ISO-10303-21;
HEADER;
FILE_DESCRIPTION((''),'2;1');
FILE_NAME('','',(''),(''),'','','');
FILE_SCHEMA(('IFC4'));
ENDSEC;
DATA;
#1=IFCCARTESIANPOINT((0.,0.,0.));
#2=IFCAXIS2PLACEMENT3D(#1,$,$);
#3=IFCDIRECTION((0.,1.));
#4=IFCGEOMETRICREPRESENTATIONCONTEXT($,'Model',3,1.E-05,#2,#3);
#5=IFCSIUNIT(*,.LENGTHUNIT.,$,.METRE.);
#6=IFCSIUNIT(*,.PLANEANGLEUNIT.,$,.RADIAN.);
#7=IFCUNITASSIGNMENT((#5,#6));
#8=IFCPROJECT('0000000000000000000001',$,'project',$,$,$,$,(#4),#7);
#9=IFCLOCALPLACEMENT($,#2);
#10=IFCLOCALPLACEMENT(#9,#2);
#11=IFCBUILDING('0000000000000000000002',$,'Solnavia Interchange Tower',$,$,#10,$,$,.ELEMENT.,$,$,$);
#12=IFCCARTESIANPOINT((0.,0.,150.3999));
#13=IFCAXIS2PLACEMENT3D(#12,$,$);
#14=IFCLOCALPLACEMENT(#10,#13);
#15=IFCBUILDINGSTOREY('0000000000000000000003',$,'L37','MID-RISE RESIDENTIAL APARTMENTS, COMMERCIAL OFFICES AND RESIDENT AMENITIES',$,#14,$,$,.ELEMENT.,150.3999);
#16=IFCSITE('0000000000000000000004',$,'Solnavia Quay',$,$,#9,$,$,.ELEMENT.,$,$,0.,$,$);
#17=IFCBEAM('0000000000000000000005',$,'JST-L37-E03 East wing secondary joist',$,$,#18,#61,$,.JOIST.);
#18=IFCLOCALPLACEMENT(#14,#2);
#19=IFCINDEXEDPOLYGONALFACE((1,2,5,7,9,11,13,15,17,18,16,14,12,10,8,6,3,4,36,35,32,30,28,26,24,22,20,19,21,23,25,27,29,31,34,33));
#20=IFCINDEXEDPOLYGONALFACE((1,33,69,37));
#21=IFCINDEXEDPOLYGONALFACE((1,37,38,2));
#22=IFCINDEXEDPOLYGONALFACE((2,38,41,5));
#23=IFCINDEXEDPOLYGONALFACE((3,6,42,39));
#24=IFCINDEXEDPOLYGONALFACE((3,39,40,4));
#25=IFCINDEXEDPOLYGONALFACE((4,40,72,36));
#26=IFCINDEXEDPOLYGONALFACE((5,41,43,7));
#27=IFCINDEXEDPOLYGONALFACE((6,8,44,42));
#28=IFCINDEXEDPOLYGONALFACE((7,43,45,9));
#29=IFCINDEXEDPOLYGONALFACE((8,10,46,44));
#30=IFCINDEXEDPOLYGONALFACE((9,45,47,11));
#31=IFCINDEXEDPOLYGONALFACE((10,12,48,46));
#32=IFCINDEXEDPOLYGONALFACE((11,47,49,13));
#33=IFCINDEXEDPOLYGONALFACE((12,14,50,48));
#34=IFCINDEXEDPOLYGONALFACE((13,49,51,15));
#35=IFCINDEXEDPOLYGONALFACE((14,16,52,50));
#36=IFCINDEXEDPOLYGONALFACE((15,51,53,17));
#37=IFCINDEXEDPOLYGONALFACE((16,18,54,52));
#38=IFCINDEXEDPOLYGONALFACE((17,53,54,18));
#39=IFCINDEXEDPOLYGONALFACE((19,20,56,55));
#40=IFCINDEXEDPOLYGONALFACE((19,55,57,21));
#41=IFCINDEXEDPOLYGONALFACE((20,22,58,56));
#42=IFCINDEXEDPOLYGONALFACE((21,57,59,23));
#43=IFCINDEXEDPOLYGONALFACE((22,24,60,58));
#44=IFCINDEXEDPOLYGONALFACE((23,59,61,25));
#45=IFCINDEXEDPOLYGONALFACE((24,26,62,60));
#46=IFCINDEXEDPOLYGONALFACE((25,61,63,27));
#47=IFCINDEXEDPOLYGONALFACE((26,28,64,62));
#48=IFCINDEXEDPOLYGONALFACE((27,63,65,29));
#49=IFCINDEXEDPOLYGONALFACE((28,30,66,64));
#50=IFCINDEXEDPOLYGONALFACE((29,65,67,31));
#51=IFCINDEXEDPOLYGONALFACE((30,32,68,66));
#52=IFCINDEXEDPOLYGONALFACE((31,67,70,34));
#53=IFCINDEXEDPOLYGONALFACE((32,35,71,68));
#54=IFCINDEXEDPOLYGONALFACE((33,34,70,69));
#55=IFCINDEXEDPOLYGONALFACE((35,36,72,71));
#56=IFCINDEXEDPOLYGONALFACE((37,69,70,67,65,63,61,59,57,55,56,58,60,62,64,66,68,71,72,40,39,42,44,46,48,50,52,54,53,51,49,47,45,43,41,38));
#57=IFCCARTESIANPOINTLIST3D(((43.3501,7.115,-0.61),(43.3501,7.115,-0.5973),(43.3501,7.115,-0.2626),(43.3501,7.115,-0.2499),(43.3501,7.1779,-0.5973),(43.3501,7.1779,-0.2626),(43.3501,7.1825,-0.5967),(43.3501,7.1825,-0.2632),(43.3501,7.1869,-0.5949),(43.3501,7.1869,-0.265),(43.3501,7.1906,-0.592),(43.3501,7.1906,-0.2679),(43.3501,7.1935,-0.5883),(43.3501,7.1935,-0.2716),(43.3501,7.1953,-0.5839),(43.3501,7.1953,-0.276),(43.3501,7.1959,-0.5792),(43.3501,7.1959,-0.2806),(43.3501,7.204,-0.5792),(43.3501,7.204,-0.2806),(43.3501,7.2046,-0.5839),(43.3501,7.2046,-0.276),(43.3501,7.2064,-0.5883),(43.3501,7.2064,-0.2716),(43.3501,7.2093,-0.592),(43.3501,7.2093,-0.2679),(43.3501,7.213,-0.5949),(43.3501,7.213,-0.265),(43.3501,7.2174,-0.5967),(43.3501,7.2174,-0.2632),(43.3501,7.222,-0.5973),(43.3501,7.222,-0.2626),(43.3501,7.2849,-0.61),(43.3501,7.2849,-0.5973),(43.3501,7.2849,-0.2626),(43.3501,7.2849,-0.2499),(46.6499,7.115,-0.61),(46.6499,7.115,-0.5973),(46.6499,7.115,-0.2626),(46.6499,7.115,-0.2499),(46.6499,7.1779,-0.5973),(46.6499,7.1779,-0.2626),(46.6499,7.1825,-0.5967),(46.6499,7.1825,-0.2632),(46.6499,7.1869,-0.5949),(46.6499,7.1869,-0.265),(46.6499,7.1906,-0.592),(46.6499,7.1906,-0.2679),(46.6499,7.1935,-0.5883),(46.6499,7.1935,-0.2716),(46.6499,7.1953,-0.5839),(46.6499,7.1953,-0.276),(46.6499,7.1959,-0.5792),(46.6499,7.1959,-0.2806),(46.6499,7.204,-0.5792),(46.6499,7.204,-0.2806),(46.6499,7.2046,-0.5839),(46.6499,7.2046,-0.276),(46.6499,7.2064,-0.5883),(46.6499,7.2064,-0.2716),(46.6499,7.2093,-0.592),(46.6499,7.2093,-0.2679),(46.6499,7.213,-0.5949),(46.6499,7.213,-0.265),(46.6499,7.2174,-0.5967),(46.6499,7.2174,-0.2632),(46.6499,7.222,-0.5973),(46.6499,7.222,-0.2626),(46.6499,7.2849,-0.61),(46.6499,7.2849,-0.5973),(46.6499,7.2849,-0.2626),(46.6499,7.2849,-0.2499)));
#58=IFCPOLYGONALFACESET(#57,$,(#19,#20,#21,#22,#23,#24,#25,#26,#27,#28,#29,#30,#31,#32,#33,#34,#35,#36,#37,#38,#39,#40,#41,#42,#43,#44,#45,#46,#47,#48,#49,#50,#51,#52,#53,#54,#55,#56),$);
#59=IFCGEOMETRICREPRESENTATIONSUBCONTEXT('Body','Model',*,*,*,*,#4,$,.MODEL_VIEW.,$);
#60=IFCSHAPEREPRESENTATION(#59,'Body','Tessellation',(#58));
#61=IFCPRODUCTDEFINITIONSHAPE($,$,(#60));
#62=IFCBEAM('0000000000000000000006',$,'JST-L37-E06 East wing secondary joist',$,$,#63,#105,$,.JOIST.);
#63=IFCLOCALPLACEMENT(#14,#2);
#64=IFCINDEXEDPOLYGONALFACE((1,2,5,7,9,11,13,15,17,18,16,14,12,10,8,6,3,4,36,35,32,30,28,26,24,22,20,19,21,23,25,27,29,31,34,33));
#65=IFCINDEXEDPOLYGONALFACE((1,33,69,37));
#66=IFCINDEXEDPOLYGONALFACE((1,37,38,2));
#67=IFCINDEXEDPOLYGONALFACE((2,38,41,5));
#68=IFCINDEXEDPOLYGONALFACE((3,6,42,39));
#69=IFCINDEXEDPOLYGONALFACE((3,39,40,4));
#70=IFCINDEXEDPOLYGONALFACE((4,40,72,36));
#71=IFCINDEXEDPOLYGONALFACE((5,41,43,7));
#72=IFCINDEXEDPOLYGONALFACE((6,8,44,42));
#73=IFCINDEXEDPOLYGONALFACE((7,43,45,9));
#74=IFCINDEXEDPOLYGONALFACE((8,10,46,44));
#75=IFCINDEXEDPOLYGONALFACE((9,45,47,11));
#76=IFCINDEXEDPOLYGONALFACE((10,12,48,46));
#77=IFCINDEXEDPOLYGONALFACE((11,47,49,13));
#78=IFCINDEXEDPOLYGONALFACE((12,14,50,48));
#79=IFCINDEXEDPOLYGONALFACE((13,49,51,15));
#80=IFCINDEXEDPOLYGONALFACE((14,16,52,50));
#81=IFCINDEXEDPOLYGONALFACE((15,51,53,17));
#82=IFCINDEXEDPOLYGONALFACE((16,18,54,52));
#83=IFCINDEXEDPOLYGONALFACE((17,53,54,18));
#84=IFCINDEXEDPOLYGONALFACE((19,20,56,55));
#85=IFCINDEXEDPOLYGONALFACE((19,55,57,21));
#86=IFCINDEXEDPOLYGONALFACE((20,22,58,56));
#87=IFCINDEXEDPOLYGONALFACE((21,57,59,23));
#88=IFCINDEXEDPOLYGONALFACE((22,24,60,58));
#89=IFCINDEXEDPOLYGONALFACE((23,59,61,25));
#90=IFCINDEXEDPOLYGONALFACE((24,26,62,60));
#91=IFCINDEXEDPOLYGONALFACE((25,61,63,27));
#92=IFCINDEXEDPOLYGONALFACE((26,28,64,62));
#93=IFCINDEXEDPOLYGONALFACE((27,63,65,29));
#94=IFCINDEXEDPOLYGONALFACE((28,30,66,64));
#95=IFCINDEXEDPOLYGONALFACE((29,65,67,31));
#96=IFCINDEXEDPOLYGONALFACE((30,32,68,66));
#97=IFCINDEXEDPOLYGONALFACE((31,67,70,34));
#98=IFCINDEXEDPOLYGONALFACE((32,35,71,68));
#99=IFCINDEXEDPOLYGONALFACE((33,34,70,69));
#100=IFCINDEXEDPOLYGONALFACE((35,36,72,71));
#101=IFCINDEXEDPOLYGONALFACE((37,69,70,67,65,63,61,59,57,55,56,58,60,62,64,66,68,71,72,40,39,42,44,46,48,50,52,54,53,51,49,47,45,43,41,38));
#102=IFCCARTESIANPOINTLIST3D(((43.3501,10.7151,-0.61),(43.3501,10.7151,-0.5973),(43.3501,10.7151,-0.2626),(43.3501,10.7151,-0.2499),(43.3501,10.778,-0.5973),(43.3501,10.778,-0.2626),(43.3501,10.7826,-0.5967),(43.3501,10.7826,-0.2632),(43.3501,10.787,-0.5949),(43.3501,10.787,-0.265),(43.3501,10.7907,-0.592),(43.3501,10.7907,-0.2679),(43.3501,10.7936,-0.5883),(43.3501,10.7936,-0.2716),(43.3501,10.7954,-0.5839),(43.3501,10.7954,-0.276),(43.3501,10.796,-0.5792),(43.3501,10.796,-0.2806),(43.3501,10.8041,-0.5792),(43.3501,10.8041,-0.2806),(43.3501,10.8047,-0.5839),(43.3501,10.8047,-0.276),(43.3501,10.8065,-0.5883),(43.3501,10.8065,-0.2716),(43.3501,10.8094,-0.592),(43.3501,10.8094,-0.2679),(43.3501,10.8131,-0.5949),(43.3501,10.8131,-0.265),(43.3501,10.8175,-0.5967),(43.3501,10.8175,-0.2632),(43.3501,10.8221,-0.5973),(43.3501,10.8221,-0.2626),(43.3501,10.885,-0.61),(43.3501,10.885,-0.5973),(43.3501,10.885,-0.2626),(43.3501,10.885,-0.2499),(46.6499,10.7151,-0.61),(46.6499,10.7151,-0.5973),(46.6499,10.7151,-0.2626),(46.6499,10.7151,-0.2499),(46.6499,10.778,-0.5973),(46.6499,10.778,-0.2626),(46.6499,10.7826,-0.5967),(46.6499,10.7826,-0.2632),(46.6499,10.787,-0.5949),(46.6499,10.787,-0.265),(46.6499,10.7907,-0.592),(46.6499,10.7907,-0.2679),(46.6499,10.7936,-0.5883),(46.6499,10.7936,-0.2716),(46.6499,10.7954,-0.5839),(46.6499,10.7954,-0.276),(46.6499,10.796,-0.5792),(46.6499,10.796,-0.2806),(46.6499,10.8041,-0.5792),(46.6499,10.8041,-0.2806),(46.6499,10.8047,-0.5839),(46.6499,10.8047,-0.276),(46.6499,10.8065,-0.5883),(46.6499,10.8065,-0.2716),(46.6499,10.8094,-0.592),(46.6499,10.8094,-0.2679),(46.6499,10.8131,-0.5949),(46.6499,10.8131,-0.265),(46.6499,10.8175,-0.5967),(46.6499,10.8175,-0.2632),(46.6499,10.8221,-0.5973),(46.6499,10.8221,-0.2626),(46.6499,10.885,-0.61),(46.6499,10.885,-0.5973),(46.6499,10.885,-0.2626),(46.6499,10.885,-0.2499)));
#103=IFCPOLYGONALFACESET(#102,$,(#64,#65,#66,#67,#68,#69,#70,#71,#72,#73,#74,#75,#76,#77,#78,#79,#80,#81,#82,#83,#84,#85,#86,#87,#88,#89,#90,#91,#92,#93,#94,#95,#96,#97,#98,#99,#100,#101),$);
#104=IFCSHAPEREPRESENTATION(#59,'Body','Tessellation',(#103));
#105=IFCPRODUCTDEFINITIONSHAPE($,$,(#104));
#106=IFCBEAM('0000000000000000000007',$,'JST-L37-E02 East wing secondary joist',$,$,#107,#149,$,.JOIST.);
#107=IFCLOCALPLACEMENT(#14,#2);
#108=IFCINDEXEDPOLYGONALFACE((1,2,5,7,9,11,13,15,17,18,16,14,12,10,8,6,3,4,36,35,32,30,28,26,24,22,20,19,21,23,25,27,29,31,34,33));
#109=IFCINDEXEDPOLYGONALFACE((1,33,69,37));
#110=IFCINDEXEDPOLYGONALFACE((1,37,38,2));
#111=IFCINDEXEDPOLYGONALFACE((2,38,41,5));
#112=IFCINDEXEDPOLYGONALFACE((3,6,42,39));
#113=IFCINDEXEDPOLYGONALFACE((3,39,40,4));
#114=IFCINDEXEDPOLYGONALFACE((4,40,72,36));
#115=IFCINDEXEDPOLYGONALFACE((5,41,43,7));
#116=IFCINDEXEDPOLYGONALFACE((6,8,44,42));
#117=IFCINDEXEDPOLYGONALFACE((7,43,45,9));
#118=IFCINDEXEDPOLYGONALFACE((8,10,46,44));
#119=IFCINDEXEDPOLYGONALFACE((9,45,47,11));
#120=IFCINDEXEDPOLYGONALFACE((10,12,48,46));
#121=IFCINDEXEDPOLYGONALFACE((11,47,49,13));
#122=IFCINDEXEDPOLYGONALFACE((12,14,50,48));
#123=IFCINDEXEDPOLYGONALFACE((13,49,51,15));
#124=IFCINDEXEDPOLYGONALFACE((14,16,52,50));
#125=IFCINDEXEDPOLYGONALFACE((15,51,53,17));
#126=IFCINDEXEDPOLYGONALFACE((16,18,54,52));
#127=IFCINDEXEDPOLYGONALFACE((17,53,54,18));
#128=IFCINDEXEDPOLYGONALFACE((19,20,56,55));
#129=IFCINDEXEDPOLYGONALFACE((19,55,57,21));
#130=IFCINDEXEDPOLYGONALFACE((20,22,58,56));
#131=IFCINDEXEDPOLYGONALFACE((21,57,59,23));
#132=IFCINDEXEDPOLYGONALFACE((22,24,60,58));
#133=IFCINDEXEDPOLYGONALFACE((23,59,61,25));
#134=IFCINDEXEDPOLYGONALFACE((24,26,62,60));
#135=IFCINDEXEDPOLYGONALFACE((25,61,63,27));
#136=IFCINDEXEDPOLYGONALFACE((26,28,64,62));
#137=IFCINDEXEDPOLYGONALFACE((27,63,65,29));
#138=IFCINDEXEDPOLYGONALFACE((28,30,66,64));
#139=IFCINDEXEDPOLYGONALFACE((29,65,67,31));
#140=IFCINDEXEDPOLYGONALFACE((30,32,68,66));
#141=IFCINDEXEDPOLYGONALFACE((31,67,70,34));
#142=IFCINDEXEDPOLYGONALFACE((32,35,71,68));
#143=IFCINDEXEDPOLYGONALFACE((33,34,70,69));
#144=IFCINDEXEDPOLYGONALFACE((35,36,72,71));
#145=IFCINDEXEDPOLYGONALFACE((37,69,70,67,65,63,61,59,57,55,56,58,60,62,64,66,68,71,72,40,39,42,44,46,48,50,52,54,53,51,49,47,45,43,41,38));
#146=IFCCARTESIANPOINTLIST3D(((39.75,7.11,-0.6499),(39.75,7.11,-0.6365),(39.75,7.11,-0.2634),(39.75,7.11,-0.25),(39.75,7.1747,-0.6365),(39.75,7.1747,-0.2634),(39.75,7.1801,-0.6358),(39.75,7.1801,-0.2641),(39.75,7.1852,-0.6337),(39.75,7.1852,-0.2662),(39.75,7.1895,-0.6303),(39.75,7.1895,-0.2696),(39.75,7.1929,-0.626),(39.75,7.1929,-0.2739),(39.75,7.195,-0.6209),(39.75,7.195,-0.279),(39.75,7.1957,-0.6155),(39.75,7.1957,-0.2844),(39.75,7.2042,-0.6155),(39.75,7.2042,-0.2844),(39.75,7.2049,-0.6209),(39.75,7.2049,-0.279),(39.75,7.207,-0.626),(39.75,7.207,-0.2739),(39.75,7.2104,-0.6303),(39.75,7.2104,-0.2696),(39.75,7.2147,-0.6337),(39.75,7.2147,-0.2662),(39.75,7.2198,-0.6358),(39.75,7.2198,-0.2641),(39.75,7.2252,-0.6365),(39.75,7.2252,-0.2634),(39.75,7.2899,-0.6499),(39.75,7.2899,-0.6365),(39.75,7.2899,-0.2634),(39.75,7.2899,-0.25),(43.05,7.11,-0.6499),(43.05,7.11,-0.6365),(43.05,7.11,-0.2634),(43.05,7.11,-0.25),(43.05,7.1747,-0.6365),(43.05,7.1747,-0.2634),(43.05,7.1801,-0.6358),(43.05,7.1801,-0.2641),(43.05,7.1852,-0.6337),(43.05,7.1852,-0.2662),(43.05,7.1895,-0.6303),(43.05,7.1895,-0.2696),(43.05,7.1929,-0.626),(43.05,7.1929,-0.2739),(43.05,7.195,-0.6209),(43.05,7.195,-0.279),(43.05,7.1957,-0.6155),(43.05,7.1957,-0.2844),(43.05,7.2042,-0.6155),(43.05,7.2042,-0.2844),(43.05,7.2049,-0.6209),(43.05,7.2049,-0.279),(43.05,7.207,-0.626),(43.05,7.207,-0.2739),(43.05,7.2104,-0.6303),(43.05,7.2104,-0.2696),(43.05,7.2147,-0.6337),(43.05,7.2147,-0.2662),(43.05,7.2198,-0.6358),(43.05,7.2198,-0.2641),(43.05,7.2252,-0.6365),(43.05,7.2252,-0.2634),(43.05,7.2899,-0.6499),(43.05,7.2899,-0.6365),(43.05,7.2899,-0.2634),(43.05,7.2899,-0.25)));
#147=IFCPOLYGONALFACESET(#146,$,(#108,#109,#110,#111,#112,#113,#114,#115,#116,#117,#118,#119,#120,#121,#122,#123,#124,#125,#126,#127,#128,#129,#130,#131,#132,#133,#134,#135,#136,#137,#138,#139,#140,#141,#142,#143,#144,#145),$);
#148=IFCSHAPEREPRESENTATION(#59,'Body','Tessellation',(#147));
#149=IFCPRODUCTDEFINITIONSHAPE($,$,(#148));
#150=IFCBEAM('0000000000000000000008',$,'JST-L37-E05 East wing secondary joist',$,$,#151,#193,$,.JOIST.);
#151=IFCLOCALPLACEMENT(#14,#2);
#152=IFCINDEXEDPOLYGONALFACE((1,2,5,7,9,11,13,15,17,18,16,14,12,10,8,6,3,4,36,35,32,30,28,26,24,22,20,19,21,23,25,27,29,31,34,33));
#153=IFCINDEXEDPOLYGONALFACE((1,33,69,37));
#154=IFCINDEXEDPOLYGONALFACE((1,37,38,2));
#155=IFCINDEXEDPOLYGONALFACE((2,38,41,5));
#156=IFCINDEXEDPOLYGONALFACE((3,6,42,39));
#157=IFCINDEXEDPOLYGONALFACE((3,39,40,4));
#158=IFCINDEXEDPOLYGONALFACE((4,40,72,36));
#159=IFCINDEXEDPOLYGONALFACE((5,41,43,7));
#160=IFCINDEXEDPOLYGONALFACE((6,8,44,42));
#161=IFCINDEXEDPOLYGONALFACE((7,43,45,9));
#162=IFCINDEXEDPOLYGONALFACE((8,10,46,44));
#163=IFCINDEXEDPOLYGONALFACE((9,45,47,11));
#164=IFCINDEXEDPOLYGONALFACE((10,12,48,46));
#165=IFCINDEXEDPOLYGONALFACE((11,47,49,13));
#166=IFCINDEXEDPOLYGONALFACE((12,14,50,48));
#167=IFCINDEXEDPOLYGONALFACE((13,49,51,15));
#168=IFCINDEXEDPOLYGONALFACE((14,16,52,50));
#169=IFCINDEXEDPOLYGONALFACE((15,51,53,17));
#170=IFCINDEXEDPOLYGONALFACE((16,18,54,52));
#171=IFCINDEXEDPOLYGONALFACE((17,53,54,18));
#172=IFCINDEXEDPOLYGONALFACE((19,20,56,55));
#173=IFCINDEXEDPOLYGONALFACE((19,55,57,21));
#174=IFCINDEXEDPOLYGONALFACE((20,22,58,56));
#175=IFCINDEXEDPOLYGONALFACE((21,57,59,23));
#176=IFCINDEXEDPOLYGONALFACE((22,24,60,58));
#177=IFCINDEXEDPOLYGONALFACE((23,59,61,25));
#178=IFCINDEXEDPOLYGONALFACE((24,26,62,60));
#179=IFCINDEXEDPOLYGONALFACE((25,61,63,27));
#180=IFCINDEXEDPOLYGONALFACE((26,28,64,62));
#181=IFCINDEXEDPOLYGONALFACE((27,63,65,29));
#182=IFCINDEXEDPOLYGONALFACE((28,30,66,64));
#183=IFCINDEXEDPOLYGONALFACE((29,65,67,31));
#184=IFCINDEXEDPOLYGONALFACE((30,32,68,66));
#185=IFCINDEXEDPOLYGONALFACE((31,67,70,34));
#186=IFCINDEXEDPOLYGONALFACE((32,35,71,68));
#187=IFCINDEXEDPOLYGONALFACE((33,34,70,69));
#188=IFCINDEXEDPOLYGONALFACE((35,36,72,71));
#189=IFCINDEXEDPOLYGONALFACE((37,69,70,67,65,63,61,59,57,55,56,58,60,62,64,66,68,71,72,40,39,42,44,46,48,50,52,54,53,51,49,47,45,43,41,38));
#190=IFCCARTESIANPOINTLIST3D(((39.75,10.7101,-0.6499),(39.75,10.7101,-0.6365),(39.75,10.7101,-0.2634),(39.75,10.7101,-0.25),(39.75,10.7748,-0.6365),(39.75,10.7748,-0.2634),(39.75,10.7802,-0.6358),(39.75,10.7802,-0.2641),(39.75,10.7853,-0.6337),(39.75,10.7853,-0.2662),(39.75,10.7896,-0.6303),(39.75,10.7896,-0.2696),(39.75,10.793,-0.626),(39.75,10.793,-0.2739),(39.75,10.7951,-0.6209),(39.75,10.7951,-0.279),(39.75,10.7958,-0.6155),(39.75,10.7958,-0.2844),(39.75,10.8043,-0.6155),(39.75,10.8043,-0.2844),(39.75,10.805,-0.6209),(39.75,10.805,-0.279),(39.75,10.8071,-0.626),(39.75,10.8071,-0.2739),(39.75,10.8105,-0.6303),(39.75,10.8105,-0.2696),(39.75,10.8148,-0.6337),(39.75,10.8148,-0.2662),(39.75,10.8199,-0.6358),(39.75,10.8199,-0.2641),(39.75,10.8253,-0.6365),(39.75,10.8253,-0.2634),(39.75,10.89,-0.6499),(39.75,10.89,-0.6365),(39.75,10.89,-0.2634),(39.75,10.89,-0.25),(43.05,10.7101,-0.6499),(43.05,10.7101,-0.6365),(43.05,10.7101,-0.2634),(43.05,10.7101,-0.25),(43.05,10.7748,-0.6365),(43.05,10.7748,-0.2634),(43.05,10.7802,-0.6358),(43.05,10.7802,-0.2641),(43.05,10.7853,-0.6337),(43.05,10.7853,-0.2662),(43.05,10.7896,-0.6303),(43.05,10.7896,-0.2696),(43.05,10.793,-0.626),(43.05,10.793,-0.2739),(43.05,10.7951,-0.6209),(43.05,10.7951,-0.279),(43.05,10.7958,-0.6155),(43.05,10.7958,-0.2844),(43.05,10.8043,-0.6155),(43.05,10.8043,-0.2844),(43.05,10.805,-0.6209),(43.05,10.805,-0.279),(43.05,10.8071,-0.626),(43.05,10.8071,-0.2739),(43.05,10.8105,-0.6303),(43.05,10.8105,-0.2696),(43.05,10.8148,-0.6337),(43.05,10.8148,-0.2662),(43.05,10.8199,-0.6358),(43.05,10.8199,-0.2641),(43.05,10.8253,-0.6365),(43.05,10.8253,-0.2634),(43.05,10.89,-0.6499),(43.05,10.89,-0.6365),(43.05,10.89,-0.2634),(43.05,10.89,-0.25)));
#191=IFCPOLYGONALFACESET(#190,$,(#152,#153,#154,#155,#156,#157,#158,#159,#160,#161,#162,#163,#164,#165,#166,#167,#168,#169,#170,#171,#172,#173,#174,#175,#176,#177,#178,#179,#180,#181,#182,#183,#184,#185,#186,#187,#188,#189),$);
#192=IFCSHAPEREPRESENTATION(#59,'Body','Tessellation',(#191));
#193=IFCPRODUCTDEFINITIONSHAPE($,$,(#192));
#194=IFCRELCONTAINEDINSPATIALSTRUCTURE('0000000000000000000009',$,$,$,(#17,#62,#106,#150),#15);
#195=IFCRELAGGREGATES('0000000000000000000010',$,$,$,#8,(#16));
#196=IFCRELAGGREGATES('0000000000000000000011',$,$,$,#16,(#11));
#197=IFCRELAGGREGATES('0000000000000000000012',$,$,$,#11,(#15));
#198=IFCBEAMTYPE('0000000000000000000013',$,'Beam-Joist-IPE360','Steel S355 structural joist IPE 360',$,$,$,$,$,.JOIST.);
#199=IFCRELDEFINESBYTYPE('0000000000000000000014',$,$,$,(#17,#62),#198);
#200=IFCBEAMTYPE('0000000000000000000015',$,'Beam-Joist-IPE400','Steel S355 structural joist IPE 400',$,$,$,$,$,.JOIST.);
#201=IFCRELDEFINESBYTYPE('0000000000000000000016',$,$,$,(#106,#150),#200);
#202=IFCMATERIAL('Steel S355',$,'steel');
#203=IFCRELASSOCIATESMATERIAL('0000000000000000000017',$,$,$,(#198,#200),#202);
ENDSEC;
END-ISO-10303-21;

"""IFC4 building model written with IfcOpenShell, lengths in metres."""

from ifc_helpers import new_model, si_unit, direction, frame, origin, origin_2d, place, context, subcontext, project, spatial, i_section, extrude, material, material_profile, profile_set, type_object, element, save


model = new_model("IFC4")

# Units and contexts
model_context = context("Model", 3, precision=1e-05, world=origin(), true_north=direction((0.0, 1.0)))
body_context = subcontext(model_context, "Body", "Model", "MODEL_VIEW")
ifc_project = project(units=[si_unit("LENGTHUNIT", "METRE"), si_unit("PLANEANGLEUNIT", "RADIAN")], contexts=[model_context])

# Site, building, storey
site_placement = place(None, origin())
site = spatial("IfcSite", under=ifc_project, at=site_placement, Name="Solnavia Quay", CompositionType="ELEMENT", RefElevation=0.0)
building_placement = place(site_placement, origin())
building = spatial("IfcBuilding", under=site, at=building_placement, Name="Solnavia Interchange Tower", CompositionType="ELEMENT")
storey_placement = place(building_placement, frame((0.0, 0.0, 150.3999)))
storey = spatial("IfcBuildingStorey", under=building, at=storey_placement, Name="L37", Description="MID-RISE RESIDENTIAL APARTMENTS, COMMERCIAL OFFICES AND RESIDENT AMENITIES", CompositionType="ELEMENT", Elevation=150.3999)

# Shared definitions
ifc_material_1 = material(Name="Steel S355", Category="steel")

# Beams
ifc_material_profile_1 = material_profile(ifc_material_1, i_section(OverallWidth=0.1699, OverallDepth=0.3601, WebThickness=0.0081, FlangeThickness=0.0127, FilletRadius=0.0181, at=origin_2d()), Name="IPE 360")
ifc_profile_set_1 = profile_set([ifc_material_profile_1], Name="Steel S355")
beam_type_1 = type_object("IfcBeamType", Name="Beam-Joist-IPE360", Description="Steel S355 structural joist IPE 360", PredefinedType="JOIST", material=ifc_profile_set_1)
for number, where, z_axis, x_axis, name in (
    (1, (43.3501, 7.2, -0.4299), (1.0, 0.0, 0.0), (0.0, 1.0, 0.0), "JST-L37-E03 East wing secondary joist"),
    (2, (43.3501, 10.8, -0.4299), (1.0, 0.0, 0.0), (0.0, 1.0, 0.0), "JST-L37-E06 East wing secondary joist"),
):
    element("IfcBeam", number, at=place(storey_placement, frame(where, z_axis=z_axis, x_axis=x_axis)), inside=storey, type_object=beam_type_1, Name=name, PredefinedType="JOIST", context=body_context, shape_type="SweptSolid", body=[
        extrude(i_section(OverallWidth=0.1699, OverallDepth=0.3601, WebThickness=0.0081, FlangeThickness=0.0127, FilletRadius=0.0181, at=origin_2d()), origin(), (0.0, 0.0, 1.0), 3.2998),
    ])
ifc_material_profile_2 = material_profile(ifc_material_1, i_section(OverallWidth=0.1799, OverallDepth=0.3999, WebThickness=0.0085, FlangeThickness=0.0134, FilletRadius=0.021, at=origin_2d()), Name="IPE 400")
ifc_profile_set_2 = profile_set([ifc_material_profile_2], Name="Steel S355")
beam_type_2 = type_object("IfcBeamType", Name="Beam-Joist-IPE400", Description="Steel S355 structural joist IPE 400", PredefinedType="JOIST", material=ifc_profile_set_2)
for number, where, z_axis, x_axis, name in (
    (3, (39.75, 7.2, -0.45), (1.0, 0.0, 0.0), (0.0, 1.0, 0.0), "JST-L37-E02 East wing secondary joist"),
    (4, (39.75, 10.8, -0.45), (1.0, 0.0, 0.0), (0.0, 1.0, 0.0), "JST-L37-E05 East wing secondary joist"),
):
    element("IfcBeam", number, at=place(storey_placement, frame(where, z_axis=z_axis, x_axis=x_axis)), inside=storey, type_object=beam_type_2, Name=name, PredefinedType="JOIST", context=body_context, shape_type="SweptSolid", body=[
        extrude(i_section(OverallWidth=0.1799, OverallDepth=0.3999, WebThickness=0.0085, FlangeThickness=0.0134, FilletRadius=0.021, at=origin_2d()), origin(), (0.0, 0.0, 1.0), 3.3),
    ])

save(model, "model.ifc")
